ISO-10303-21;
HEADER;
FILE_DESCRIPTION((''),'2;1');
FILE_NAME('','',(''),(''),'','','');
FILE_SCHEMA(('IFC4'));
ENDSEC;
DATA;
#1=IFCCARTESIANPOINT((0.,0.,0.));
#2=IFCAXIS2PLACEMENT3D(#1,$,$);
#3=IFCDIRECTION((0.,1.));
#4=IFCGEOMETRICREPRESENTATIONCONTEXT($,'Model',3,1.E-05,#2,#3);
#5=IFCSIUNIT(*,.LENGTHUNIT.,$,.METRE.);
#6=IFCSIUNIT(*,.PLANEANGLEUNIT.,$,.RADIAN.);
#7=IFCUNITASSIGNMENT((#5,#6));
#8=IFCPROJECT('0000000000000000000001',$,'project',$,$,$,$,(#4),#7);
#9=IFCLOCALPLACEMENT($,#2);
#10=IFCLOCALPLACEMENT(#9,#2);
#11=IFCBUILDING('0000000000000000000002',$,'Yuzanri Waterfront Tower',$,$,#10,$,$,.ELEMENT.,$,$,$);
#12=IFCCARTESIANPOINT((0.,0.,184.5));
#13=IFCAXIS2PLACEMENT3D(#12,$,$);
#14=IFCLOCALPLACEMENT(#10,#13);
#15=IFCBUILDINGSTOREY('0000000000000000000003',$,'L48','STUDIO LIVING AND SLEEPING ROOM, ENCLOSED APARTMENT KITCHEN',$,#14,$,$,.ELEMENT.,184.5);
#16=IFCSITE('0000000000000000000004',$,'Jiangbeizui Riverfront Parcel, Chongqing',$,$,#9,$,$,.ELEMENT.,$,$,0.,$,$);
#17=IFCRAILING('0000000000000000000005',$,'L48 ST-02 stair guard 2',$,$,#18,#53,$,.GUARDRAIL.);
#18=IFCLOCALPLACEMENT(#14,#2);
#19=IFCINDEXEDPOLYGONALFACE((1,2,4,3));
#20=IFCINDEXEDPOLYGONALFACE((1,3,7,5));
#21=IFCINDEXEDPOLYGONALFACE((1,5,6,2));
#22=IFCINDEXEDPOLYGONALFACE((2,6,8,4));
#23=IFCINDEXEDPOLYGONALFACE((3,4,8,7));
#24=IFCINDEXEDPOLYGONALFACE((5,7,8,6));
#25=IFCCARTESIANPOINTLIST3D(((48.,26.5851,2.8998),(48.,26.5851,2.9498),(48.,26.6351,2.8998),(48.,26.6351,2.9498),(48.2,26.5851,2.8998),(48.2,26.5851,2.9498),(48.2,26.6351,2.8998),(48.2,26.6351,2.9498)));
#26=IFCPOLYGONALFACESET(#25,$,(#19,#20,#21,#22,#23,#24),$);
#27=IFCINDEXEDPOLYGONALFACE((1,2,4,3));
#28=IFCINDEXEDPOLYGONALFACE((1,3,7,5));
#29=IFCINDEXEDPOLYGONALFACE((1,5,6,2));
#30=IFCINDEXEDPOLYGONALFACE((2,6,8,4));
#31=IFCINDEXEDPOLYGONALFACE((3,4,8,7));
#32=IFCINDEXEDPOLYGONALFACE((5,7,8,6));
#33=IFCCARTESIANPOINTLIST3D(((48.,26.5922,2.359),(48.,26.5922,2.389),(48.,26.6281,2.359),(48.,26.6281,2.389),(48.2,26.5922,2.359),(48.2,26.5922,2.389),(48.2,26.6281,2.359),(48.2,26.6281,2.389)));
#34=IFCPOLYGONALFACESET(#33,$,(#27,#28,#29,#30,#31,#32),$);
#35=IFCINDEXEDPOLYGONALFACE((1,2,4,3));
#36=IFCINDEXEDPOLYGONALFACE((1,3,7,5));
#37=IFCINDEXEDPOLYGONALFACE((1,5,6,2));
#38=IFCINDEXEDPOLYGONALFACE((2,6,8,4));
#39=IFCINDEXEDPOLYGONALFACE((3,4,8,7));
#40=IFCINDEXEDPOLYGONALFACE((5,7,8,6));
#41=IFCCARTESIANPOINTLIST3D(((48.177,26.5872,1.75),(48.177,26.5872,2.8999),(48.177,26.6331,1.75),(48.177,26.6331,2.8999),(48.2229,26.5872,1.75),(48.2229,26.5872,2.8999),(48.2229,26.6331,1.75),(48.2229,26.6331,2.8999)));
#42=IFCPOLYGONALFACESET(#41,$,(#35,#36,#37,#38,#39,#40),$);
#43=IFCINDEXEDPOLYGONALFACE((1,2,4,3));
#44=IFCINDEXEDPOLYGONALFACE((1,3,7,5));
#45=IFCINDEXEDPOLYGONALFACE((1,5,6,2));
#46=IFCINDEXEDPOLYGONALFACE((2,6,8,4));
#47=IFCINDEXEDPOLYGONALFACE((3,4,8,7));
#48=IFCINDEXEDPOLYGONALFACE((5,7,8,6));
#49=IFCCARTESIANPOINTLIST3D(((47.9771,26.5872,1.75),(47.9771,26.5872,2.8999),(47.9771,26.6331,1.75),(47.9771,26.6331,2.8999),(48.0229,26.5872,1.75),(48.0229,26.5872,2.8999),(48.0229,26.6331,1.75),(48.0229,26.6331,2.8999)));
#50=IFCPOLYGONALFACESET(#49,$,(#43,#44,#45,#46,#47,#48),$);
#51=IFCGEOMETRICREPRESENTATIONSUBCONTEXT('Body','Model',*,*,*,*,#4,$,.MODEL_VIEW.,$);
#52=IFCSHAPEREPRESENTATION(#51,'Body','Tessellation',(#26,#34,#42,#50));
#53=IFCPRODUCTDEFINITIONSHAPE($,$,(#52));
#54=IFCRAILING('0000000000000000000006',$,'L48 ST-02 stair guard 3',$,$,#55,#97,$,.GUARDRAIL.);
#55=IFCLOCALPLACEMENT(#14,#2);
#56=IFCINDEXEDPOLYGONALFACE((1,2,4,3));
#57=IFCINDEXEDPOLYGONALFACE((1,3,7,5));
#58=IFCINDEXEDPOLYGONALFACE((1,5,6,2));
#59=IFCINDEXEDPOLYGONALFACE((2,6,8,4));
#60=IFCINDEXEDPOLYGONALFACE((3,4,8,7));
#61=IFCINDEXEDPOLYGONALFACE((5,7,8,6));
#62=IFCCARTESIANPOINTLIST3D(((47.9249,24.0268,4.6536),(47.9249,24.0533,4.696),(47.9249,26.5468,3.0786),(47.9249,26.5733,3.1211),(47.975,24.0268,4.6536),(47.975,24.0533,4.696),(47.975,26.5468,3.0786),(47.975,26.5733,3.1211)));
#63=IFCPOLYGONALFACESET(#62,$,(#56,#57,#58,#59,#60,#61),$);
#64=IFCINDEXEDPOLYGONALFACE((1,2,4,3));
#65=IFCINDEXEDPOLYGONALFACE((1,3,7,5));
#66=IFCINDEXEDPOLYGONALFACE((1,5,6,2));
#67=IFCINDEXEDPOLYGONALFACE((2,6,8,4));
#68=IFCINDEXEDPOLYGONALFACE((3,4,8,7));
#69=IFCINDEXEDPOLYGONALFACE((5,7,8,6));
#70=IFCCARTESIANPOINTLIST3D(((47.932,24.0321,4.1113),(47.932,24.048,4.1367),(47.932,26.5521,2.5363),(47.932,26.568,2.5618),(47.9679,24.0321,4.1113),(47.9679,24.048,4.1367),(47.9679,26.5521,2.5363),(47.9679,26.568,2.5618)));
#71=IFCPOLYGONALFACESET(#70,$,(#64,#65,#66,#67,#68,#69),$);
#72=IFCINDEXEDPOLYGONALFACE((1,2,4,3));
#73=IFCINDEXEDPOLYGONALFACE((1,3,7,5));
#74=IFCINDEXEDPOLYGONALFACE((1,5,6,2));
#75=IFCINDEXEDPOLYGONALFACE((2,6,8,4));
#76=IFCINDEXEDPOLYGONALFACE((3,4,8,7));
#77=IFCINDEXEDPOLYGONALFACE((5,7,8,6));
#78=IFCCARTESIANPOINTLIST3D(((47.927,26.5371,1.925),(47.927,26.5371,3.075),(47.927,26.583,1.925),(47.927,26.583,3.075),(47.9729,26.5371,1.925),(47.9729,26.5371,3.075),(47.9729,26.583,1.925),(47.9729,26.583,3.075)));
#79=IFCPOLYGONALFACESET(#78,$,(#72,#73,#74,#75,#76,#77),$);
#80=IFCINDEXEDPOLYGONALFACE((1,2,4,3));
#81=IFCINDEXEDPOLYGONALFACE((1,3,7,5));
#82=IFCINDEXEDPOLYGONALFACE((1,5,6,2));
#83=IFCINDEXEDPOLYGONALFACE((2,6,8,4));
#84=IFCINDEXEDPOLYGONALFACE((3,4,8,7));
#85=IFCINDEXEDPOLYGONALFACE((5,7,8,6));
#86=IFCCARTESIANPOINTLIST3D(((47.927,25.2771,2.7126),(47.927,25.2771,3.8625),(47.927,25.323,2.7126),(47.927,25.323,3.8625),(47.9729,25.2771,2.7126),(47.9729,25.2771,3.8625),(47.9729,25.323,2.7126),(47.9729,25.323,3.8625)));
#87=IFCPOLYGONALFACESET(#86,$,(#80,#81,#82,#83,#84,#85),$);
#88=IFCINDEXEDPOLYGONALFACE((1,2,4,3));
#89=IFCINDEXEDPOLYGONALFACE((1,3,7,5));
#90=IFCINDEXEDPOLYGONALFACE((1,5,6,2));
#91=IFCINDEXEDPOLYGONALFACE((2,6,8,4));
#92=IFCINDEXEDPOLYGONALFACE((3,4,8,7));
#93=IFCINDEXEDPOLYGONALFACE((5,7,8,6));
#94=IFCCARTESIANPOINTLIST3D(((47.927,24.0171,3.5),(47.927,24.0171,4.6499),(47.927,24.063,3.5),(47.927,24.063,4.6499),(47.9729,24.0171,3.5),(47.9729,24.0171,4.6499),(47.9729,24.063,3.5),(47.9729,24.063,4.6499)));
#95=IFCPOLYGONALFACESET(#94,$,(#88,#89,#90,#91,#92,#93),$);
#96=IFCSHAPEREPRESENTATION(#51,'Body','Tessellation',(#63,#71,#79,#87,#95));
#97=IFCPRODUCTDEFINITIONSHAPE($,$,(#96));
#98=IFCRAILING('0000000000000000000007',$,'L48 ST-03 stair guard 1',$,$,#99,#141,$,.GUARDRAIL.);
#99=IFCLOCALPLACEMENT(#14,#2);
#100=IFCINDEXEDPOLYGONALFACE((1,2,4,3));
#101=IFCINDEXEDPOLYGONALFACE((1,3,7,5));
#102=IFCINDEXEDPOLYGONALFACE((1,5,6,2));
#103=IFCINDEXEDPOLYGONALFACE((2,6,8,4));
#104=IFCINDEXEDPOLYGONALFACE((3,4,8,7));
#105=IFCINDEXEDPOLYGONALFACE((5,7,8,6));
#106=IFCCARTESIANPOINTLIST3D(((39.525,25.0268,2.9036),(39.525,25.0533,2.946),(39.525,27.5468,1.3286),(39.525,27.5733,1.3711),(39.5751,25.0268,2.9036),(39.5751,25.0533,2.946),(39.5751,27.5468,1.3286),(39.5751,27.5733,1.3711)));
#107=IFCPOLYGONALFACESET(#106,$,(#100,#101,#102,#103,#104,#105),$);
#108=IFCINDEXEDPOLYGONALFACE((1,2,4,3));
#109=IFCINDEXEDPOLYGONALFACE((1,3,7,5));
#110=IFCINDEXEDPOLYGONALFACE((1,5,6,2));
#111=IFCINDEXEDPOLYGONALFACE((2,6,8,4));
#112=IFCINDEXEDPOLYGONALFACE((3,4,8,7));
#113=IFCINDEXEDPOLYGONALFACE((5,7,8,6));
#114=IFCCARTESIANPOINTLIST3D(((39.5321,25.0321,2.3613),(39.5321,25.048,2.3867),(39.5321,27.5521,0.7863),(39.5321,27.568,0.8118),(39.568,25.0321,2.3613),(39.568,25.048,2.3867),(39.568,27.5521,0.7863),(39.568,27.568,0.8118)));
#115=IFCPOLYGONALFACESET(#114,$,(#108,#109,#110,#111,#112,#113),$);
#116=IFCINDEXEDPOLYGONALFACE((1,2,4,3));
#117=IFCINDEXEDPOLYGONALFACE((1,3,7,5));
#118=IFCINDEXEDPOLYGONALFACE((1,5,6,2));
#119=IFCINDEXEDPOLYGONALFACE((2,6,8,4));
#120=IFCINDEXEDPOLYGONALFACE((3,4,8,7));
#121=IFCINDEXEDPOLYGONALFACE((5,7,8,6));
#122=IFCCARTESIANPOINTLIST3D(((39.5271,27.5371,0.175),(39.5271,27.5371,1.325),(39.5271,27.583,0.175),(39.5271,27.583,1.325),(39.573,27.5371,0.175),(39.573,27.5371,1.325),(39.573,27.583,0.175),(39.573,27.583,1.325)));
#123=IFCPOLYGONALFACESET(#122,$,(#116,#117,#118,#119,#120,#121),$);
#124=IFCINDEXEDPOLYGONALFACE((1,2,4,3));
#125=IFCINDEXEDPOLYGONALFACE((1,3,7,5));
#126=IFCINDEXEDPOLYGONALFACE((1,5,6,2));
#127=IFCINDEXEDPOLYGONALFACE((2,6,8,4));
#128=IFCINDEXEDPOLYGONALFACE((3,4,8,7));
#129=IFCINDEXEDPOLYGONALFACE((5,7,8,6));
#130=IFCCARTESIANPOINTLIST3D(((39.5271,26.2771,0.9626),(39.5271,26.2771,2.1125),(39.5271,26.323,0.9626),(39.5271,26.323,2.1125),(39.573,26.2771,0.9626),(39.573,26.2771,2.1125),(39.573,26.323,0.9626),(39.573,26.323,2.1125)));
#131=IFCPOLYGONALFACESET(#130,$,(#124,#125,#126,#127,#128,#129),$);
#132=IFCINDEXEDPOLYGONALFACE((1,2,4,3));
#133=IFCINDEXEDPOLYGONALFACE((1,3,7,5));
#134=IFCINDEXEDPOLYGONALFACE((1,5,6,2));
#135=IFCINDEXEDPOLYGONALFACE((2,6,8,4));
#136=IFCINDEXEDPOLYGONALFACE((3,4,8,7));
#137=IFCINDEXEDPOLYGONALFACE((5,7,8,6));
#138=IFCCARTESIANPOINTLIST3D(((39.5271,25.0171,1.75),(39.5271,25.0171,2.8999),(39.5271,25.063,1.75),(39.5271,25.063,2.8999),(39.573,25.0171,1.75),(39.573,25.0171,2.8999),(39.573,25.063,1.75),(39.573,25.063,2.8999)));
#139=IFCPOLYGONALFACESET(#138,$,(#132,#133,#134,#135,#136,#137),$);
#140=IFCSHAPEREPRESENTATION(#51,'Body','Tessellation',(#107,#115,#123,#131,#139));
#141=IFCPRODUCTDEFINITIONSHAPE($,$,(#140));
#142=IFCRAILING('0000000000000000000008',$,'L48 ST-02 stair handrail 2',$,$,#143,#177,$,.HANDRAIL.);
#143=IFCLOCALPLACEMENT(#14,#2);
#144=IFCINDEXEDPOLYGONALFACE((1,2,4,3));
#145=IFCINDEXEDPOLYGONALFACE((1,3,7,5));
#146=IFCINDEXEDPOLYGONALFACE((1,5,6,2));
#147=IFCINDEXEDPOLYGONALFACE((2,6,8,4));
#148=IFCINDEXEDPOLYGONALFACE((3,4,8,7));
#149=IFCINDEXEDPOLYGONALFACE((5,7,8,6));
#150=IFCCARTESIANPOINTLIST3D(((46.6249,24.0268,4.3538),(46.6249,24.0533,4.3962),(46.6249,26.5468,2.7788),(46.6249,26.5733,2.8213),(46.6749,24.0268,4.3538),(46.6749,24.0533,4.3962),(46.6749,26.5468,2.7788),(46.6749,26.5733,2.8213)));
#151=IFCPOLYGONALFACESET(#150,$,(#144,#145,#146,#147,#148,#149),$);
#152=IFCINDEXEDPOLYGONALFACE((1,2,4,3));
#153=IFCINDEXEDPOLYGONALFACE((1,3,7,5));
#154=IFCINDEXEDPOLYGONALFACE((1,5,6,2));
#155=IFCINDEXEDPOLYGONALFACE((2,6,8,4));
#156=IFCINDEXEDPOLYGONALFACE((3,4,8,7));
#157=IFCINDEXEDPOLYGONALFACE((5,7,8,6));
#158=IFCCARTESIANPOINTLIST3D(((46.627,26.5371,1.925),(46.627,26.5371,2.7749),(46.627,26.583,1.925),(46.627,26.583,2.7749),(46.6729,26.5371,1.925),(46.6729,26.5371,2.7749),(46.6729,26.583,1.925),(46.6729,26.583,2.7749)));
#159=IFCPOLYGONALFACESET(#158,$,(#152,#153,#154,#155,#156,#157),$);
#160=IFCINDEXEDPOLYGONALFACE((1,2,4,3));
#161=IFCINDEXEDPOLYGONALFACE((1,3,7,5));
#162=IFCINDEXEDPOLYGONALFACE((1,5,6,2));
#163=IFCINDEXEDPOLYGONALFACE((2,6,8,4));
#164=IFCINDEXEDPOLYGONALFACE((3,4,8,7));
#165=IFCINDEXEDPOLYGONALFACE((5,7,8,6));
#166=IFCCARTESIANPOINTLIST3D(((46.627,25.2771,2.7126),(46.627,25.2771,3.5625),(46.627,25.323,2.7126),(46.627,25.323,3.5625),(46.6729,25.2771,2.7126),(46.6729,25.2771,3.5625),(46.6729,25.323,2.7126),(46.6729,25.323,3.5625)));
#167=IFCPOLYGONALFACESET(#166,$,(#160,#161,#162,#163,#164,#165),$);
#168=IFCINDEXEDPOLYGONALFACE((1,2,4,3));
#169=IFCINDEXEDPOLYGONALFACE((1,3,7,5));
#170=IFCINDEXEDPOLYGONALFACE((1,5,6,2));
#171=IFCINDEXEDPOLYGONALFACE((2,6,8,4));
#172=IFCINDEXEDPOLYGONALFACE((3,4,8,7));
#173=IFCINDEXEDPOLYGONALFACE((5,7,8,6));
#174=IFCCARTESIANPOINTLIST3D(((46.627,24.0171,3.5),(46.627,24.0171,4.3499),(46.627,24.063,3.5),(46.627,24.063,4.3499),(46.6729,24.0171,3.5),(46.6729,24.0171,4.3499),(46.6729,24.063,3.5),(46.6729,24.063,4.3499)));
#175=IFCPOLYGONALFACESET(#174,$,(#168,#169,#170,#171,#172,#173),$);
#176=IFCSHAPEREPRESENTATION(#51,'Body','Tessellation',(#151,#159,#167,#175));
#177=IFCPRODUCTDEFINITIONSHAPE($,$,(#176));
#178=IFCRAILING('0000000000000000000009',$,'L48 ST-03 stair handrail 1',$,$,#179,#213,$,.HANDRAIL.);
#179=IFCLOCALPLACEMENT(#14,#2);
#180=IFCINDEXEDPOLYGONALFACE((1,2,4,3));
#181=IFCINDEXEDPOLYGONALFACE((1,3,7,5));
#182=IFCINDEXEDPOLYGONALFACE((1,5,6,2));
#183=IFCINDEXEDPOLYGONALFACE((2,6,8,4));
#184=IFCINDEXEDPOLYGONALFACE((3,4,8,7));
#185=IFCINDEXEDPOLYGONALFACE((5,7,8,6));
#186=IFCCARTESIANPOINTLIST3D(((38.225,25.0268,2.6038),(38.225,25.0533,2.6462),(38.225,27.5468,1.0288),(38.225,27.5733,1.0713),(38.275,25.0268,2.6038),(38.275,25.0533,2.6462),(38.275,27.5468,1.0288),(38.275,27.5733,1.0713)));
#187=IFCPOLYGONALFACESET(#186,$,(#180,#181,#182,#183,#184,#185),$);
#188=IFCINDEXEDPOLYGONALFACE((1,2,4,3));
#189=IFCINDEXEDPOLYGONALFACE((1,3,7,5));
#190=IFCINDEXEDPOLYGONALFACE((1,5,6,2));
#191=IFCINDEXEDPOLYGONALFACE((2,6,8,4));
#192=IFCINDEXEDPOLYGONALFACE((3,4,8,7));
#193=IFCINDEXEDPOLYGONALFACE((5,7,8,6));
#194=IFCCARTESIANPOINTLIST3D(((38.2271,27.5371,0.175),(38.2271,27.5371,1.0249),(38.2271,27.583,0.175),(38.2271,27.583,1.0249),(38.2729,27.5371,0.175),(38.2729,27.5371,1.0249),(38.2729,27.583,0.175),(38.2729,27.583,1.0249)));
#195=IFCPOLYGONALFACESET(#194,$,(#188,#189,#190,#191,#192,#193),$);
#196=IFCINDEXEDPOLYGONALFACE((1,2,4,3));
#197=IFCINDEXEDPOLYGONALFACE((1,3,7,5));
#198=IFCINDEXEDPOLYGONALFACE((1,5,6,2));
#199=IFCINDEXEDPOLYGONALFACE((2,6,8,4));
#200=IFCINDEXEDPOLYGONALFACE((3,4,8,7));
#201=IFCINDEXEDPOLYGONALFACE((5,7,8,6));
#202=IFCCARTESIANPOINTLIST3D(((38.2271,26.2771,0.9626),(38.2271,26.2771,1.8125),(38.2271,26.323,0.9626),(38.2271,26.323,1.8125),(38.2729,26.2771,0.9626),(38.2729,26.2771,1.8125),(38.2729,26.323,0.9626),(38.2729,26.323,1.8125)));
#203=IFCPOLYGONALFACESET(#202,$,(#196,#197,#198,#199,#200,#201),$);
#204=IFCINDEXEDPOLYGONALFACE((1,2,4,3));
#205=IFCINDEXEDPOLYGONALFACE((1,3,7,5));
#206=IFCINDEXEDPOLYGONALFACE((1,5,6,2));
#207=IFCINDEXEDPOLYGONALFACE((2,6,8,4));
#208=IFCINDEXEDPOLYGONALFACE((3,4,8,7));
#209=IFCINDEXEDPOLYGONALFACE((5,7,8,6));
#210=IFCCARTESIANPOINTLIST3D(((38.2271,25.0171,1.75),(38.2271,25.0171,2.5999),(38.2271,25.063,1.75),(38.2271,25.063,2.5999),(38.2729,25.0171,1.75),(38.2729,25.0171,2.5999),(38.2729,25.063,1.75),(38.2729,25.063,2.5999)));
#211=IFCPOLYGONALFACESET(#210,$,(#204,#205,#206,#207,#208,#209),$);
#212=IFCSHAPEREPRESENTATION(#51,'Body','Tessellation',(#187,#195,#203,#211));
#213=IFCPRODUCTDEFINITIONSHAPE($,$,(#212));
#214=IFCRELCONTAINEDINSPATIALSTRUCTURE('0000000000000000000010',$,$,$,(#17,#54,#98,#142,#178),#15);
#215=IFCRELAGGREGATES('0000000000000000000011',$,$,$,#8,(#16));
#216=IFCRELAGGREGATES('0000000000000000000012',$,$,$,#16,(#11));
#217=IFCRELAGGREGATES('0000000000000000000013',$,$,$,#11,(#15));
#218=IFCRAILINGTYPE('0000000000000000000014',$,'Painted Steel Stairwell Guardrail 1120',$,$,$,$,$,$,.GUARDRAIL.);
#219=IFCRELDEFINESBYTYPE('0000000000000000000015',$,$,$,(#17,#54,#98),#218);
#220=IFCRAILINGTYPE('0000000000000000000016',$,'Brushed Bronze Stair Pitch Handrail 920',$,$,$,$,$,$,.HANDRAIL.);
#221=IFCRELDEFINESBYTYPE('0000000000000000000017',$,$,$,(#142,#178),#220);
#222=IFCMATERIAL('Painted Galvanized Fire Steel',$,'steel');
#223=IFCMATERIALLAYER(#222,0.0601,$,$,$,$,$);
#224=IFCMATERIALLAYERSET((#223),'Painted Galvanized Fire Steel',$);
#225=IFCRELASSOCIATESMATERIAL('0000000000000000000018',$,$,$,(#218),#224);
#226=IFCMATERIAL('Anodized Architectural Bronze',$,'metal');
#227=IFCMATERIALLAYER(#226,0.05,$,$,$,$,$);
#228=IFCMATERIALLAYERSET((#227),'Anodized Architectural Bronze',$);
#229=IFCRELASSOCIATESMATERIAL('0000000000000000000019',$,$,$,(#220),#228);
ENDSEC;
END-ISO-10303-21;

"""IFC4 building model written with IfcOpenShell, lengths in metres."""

from ifc_helpers import new_model, si_unit, direction, frame, origin, origin_2d, place, context, subcontext, project, spatial, rectangle, extrude, source, transform, mapped, material, layer, layer_set, type_object, element, save


model = new_model("IFC4")

# Units and contexts
model_context = context("Model", 3, precision=1e-05, world=origin(), true_north=direction((0.0, 1.0)))
body_context = subcontext(model_context, "Body", "Model", "MODEL_VIEW")
ifc_project = project(units=[si_unit("LENGTHUNIT", "METRE"), si_unit("PLANEANGLEUNIT", "RADIAN")], contexts=[model_context])

# Site, building, storey
site_placement = place(None, origin())
site = spatial("IfcSite", under=ifc_project, at=site_placement, Name="Jiangbeizui Riverfront Parcel, Chongqing", CompositionType="ELEMENT", RefElevation=0.0)
building_placement = place(site_placement, origin())
building = spatial("IfcBuilding", under=site, at=building_placement, Name="Yuzanri Waterfront Tower", CompositionType="ELEMENT")
storey_placement = place(building_placement, frame((0.0, 0.0, 184.5)))
storey = spatial("IfcBuildingStorey", under=building, at=storey_placement, Name="L48", Description="STUDIO LIVING AND SLEEPING ROOM, ENCLOSED APARTMENT KITCHEN", CompositionType="ELEMENT", Elevation=184.5)

# Railings
ifc_material_1 = material(Name="Painted Galvanized Fire Steel", Category="steel")
ifc_layer_1 = layer(ifc_material_1, 0.0601)
ifc_layer_set_1 = layer_set([ifc_layer_1], Name="Painted Galvanized Fire Steel")
railing_type_1 = type_object("IfcRailingType", Name="Painted Steel Stairwell Guardrail 1120", PredefinedType="GUARDRAIL", material=ifc_layer_set_1)
shared_shape_1 = source(origin(), body_context, "Body", "SweptSolid", [
    extrude(rectangle(XDim=0.05, YDim=0.05, at=origin_2d()), frame((0.0, 0.0, 1.1748), z_axis=(-1.0, 0.0, 0.0), x_axis=(0.0, -1.0, 0.0)), (0.0, 0.0, 1.0), 0.2),
    extrude(rectangle(XDim=0.0359, YDim=0.03, at=origin_2d()), frame((0.0, 0.0, 0.624), z_axis=(-1.0, 0.0, 0.0), x_axis=(0.0, -1.0, 0.0)), (0.0, 0.0, 1.0), 0.2),
    extrude(rectangle(XDim=0.0459, YDim=0.0459, at=origin_2d()), origin(), (0.0, 0.0, 1.0), 1.1499),
    extrude(rectangle(XDim=0.0459, YDim=0.0459, at=origin_2d()), frame((-0.2, 0.0, 0.0)), (0.0, 0.0, 1.0), 1.1499),
])
railing_1_placement = place(storey_placement, frame((48.2, 26.6101, 1.75)))
element("IfcRailing", 1, at=railing_1_placement, inside=storey, type_object=railing_type_1, Name="L48 ST-02 stair guard 2", PredefinedType="GUARDRAIL", context=body_context, shape_type="MappedRepresentation", body=[
    mapped(shared_shape_1, transform((0.0, 0.0, 0.0), scale=1.0)),
])
shared_shape_2 = source(origin(), body_context, "Body", "SweptSolid", [
    extrude(rectangle(XDim=0.05, YDim=0.05, at=origin_2d()), frame((0.0, 0.0, 1.1748), z_axis=(0.0, -0.848008, 0.529984), x_axis=(1.0, 0.0, 0.0)), (0.0, 0.0, 1.0), 2.9717),
    extrude(rectangle(XDim=0.0359, YDim=0.03, at=origin_2d()), frame((0.0, 0.0, 0.624), z_axis=(0.0, -0.848008, 0.529984), x_axis=(1.0, 0.0, 0.0)), (0.0, 0.0, 1.0), 2.9717),
    extrude(rectangle(XDim=0.0459, YDim=0.0459, at=origin_2d()), origin(), (0.0, 0.0, 1.0), 1.1499),
    extrude(rectangle(XDim=0.0459, YDim=0.0459, at=origin_2d()), frame((0.0, -1.26, 0.7876)), (0.0, 0.0, 1.0), 1.1499),
    extrude(rectangle(XDim=0.0459, YDim=0.0459, at=origin_2d()), frame((0.0, -2.52, 1.575)), (0.0, 0.0, 1.0), 1.1499),
])
for number, where, name in (
    (2, (47.95, 26.5601, 1.925), "L48 ST-02 stair guard 3"),
    (3, (39.55, 27.5601, 0.175), "L48 ST-03 stair guard 1"),
):
    element("IfcRailing", number, at=place(storey_placement, frame(where)), inside=storey, type_object=railing_type_1, Name=name, PredefinedType="GUARDRAIL", context=body_context, shape_type="MappedRepresentation", body=[
        mapped(shared_shape_2, transform((0.0, 0.0, 0.0), scale=1.0)),
    ])
ifc_material_2 = material(Name="Anodized Architectural Bronze", Category="metal")
ifc_layer_2 = layer(ifc_material_2, 0.05)
ifc_layer_set_2 = layer_set([ifc_layer_2], Name="Anodized Architectural Bronze")
railing_type_2 = type_object("IfcRailingType", Name="Brushed Bronze Stair Pitch Handrail 920", PredefinedType="HANDRAIL", material=ifc_layer_set_2)
shared_shape_3 = source(origin(), body_context, "Body", "SweptSolid", [
    extrude(rectangle(XDim=0.05, YDim=0.05, at=origin_2d()), frame((0.0, 0.0, 0.875), z_axis=(0.0, -0.848008, 0.529984), x_axis=(1.0, 0.0, 0.0)), (0.0, 0.0, 1.0), 2.9717),
    extrude(rectangle(XDim=0.0459, YDim=0.0459, at=origin_2d()), origin(), (0.0, 0.0, 1.0), 0.8499),
    extrude(rectangle(XDim=0.0459, YDim=0.0459, at=origin_2d()), frame((0.0, -1.26, 0.7876)), (0.0, 0.0, 1.0), 0.8499),
    extrude(rectangle(XDim=0.0459, YDim=0.0459, at=origin_2d()), frame((0.0, -2.52, 1.575)), (0.0, 0.0, 1.0), 0.8499),
])
for number, where, name in (
    (4, (46.6499, 26.5601, 1.925), "L48 ST-02 stair handrail 2"),
    (5, (38.25, 27.5601, 0.175), "L48 ST-03 stair handrail 1"),
):
    element("IfcRailing", number, at=place(storey_placement, frame(where)), inside=storey, type_object=railing_type_2, Name=name, PredefinedType="HANDRAIL", context=body_context, shape_type="MappedRepresentation", body=[
        mapped(shared_shape_3, transform((0.0, 0.0, 0.0), scale=1.0)),
    ])

save(model, "model.ifc")
